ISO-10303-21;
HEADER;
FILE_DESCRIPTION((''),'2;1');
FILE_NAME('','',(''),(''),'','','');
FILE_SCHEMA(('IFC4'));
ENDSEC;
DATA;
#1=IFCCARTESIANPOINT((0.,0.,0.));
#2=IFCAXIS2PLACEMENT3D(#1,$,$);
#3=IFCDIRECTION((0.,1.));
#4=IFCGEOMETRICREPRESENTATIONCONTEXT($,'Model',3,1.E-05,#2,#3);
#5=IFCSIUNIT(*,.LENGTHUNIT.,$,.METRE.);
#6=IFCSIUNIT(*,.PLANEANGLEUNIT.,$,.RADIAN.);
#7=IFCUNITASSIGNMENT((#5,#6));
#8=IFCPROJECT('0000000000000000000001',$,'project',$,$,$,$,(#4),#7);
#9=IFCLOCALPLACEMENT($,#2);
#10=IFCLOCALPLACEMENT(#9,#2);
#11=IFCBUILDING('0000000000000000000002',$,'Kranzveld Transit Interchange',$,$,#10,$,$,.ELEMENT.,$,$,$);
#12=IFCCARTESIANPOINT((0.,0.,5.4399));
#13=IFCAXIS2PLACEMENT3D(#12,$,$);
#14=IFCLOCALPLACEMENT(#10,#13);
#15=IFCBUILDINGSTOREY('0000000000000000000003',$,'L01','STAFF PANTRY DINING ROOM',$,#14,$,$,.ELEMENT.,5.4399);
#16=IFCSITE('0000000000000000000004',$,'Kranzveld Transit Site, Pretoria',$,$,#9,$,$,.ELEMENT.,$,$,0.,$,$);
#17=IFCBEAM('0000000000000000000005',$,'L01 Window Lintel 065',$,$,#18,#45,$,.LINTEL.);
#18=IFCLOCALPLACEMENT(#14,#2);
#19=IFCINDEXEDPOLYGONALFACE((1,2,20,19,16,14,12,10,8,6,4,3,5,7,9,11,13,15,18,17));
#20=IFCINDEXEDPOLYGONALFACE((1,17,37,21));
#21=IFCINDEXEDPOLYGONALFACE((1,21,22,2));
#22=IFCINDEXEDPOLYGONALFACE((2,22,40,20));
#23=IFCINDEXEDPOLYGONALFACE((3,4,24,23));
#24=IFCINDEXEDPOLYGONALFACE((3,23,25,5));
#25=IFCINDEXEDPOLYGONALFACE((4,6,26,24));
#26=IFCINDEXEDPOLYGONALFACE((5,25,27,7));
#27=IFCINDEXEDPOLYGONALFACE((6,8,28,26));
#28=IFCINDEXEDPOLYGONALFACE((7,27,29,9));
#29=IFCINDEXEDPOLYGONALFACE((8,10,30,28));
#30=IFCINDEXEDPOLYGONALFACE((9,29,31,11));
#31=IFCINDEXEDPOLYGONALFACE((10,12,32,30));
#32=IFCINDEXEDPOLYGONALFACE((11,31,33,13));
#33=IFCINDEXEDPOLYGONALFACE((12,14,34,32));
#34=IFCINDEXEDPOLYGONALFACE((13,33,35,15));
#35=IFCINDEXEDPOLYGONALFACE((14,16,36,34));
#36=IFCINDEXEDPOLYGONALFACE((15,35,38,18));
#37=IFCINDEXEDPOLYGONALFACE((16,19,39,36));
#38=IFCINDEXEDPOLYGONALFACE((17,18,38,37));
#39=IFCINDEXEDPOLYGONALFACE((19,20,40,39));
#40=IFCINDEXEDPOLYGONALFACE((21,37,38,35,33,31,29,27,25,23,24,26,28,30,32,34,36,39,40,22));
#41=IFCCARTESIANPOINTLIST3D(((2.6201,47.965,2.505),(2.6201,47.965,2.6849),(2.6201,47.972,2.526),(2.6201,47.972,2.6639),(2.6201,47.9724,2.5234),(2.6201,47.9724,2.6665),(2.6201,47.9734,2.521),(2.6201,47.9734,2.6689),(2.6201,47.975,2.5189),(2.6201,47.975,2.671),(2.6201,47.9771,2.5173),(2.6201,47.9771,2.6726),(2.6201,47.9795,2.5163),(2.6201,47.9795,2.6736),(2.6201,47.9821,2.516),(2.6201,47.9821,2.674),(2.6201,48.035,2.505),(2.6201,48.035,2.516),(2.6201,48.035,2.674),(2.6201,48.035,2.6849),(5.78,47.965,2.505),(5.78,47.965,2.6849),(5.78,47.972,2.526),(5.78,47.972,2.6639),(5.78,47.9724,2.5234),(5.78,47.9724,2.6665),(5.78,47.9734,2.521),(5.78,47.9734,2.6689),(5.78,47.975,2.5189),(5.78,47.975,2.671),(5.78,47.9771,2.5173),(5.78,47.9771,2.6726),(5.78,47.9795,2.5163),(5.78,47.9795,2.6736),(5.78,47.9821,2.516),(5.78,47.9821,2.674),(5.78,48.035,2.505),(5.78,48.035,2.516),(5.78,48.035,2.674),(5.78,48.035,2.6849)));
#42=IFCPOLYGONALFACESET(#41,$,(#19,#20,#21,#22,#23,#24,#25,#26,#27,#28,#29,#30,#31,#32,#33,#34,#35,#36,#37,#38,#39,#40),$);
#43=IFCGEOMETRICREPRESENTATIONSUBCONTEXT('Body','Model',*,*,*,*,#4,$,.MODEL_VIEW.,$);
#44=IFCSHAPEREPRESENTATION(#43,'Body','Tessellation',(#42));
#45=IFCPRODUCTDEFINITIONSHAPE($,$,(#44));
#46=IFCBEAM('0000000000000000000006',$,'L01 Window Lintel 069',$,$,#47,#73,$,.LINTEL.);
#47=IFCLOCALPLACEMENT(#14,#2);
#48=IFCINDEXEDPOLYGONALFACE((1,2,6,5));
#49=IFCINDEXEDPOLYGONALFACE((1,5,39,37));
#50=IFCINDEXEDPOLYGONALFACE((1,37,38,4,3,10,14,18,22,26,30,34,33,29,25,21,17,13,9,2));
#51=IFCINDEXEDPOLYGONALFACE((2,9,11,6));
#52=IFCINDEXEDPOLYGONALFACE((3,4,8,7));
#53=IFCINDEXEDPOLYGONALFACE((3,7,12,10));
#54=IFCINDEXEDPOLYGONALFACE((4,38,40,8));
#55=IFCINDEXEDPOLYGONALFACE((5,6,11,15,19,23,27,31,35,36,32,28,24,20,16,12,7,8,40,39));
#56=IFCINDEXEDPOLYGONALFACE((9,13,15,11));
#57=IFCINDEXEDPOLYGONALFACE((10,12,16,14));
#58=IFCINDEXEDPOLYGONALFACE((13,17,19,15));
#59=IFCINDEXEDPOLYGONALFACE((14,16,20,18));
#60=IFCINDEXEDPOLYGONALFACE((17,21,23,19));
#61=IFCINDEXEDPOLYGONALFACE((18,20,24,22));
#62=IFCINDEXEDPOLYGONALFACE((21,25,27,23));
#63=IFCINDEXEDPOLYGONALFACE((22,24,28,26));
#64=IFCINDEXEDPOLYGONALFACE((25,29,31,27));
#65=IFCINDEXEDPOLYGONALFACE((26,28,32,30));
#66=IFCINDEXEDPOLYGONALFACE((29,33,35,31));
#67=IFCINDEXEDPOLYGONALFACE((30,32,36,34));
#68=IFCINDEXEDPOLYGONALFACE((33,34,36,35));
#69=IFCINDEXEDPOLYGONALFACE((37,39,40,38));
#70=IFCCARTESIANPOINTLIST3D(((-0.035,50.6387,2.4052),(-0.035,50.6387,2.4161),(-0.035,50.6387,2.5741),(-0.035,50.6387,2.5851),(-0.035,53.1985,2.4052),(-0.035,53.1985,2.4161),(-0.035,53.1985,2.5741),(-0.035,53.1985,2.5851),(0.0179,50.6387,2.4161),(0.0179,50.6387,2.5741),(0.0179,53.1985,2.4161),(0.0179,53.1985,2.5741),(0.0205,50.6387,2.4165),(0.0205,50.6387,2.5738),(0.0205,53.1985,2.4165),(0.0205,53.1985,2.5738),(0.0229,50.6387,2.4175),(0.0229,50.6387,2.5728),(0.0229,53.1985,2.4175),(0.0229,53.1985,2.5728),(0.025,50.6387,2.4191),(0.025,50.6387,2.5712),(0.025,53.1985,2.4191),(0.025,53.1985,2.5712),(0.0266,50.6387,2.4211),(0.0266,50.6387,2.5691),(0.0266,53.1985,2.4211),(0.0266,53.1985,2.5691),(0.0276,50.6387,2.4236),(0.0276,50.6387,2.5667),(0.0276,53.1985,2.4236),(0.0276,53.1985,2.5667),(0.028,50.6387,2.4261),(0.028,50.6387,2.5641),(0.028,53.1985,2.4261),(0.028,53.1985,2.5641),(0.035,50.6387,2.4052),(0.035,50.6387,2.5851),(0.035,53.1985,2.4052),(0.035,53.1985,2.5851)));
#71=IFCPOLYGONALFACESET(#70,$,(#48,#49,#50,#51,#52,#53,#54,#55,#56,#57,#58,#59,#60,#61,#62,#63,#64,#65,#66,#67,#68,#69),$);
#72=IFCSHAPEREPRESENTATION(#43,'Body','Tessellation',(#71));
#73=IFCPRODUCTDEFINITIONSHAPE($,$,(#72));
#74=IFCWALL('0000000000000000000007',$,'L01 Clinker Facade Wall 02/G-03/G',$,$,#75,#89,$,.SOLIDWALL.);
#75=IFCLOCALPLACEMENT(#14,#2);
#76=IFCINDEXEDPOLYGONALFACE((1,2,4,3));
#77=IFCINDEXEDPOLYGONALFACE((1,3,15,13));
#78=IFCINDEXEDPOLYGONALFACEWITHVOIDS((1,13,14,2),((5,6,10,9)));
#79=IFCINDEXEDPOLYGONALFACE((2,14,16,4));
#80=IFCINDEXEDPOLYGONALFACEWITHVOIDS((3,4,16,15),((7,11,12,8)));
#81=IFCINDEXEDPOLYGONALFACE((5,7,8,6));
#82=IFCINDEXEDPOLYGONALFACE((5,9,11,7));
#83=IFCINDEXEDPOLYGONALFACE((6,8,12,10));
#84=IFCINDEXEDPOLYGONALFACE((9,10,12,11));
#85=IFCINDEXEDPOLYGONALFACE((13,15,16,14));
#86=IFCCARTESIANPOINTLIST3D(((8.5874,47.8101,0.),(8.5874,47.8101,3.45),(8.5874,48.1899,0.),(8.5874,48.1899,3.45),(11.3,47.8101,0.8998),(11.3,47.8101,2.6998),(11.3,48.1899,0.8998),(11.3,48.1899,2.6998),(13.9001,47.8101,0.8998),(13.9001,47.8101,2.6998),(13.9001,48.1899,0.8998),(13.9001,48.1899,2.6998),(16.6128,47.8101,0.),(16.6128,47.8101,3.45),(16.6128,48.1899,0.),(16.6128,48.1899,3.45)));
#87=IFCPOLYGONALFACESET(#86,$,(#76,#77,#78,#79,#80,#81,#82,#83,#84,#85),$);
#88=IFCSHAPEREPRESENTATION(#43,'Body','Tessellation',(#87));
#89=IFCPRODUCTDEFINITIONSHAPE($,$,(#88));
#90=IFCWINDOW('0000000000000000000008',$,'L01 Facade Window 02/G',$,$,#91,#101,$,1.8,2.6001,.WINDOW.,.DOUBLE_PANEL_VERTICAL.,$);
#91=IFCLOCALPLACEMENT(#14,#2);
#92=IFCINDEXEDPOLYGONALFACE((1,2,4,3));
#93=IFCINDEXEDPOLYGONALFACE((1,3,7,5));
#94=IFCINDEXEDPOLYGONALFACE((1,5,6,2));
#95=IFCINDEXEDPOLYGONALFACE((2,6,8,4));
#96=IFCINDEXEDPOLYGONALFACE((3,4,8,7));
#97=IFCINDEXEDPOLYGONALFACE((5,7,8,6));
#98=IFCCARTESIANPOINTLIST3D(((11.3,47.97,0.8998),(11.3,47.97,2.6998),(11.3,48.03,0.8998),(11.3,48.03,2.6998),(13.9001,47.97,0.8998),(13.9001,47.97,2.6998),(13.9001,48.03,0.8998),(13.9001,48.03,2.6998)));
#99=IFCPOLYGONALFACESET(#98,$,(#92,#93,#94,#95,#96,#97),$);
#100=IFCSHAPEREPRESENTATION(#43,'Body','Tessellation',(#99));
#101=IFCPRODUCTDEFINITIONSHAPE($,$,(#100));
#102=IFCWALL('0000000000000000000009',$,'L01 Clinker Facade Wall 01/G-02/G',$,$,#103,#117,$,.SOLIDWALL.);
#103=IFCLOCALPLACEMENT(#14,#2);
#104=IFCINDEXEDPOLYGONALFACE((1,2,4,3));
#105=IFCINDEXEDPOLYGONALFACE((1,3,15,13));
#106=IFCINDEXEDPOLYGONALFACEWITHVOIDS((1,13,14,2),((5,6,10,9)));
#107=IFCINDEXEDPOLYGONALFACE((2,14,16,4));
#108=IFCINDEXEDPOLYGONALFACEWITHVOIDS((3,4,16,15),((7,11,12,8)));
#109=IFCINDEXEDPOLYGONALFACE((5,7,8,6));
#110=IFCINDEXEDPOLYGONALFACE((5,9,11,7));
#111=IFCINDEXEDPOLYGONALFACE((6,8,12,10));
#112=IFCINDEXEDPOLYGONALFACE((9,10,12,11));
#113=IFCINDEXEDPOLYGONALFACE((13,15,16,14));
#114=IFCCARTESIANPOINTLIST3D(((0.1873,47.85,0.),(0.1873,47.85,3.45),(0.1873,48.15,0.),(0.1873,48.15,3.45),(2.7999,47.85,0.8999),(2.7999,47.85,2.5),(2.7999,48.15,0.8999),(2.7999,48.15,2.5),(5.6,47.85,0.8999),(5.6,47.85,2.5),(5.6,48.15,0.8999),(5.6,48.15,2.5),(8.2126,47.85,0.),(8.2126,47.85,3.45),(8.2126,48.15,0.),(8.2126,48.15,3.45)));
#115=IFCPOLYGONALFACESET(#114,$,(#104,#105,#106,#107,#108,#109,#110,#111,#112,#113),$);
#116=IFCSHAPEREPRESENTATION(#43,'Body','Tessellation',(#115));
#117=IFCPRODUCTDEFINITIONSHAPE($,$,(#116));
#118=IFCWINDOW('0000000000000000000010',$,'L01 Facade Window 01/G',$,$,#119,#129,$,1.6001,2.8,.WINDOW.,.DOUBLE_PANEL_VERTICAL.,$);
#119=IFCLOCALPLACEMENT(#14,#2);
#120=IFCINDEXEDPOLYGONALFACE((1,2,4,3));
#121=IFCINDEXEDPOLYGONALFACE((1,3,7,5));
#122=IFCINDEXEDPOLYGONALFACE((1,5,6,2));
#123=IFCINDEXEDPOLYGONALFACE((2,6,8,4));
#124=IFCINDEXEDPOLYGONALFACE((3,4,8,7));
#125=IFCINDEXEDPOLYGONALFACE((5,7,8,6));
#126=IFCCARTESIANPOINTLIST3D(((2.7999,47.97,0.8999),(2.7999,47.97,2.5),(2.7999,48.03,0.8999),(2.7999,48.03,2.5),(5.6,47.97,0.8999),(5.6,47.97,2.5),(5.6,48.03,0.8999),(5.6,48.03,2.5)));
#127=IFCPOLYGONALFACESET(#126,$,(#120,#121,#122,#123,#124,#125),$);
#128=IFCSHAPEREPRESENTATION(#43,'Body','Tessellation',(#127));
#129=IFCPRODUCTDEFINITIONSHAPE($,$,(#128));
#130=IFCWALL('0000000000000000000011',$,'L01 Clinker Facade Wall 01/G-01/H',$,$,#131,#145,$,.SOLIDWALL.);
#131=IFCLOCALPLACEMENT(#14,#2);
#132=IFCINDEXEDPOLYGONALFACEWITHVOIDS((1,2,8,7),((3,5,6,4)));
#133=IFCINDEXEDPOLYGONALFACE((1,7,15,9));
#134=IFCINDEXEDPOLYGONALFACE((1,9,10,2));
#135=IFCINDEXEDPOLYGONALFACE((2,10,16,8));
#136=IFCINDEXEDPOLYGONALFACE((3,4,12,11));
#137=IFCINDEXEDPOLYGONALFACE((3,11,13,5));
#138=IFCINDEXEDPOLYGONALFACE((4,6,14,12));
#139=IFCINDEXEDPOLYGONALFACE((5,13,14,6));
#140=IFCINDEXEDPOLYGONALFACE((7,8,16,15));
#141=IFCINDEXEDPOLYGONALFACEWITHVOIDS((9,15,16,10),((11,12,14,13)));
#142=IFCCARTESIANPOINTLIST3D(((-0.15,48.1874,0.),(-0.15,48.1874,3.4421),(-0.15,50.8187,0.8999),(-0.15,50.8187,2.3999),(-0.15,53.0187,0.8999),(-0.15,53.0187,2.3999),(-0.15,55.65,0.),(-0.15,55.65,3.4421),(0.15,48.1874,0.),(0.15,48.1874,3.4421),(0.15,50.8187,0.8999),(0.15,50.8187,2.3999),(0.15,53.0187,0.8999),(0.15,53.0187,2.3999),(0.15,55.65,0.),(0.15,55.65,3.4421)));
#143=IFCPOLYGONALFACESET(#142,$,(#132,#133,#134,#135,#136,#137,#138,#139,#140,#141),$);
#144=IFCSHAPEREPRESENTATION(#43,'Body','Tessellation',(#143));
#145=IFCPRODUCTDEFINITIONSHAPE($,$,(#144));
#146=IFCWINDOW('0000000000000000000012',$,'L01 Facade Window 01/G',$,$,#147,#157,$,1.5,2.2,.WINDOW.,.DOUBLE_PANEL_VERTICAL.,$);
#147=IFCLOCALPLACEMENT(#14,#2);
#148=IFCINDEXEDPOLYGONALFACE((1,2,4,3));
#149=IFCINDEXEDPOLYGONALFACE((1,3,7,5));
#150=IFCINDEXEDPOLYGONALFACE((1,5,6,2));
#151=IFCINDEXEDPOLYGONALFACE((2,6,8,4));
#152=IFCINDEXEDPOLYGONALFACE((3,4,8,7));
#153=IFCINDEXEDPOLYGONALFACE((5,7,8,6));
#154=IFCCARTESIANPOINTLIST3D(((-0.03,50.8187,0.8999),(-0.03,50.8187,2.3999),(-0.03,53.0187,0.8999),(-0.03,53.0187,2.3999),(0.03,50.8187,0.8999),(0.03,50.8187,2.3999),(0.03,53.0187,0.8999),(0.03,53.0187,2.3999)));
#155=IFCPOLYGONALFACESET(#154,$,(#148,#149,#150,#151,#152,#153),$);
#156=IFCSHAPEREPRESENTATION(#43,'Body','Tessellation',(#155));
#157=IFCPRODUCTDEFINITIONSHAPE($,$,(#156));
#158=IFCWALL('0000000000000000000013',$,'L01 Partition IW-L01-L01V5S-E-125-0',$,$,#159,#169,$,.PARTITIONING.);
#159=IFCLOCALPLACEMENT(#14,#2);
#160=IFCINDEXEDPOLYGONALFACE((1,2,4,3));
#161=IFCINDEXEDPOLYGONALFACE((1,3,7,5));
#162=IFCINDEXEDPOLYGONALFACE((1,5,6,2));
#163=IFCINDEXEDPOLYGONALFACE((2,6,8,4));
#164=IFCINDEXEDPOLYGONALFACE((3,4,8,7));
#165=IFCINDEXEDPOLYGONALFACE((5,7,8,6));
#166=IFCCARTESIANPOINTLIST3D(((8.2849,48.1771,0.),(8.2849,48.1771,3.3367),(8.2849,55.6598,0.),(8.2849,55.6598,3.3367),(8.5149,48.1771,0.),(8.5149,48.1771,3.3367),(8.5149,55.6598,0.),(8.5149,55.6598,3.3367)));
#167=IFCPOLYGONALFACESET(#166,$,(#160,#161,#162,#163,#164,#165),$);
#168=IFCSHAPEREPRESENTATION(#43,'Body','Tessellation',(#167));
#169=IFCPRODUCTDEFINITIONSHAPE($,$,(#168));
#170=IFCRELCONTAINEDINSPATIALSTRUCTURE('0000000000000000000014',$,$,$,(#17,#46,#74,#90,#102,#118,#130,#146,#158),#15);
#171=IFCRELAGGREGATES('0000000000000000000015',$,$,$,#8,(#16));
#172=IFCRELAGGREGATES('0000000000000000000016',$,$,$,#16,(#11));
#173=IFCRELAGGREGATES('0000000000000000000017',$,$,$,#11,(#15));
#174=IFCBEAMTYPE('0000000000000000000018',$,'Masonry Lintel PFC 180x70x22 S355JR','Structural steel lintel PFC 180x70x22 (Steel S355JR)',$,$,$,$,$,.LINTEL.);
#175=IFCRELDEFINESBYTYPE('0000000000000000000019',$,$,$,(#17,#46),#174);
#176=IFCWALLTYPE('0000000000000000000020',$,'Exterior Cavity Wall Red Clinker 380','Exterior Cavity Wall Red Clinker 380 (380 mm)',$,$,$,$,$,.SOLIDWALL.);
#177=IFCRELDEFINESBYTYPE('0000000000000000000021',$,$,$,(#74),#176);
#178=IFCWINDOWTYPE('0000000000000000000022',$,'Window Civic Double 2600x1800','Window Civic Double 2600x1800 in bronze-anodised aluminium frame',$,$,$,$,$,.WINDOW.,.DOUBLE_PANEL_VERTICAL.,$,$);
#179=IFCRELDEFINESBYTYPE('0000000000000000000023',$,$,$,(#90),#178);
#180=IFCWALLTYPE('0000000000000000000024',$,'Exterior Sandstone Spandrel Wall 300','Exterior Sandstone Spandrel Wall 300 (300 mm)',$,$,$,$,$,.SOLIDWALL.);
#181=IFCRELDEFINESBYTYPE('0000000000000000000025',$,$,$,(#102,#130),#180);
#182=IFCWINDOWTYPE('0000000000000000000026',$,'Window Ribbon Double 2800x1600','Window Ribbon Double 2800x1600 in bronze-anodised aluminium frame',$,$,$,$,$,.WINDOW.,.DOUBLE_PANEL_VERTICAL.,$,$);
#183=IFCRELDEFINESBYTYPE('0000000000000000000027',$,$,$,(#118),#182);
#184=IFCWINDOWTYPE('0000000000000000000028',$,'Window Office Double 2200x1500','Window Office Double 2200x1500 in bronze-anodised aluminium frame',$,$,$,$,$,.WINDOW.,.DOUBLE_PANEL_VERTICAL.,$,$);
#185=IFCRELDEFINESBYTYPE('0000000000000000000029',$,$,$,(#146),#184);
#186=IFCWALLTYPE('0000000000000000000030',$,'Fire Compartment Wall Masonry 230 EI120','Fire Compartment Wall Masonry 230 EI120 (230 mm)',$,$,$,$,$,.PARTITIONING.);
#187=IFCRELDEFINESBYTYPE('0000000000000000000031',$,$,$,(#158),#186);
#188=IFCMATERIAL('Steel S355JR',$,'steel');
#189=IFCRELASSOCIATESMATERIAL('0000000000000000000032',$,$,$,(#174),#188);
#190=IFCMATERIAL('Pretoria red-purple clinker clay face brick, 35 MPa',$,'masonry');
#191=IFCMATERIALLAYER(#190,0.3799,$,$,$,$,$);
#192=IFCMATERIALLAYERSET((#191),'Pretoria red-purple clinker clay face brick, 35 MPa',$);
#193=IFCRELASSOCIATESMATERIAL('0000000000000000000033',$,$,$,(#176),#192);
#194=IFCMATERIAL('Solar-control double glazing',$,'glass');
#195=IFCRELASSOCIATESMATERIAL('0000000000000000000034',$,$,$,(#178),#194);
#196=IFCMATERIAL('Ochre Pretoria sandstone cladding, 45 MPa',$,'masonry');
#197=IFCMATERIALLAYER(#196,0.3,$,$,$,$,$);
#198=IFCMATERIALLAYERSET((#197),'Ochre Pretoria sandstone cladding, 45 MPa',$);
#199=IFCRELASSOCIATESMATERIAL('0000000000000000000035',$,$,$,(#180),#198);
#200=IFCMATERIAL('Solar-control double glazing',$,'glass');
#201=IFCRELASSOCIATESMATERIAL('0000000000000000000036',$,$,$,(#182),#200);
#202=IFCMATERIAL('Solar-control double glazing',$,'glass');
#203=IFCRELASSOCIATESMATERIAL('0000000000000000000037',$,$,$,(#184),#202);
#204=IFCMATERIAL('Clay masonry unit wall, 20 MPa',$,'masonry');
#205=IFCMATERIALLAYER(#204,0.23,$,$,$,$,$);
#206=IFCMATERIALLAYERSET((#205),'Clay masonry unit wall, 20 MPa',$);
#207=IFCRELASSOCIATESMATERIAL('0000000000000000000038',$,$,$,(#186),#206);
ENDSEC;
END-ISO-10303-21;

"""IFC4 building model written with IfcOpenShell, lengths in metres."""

from ifc_helpers import new_model, si_unit, direction, frame, frame_2d, origin, origin_2d, place, context, subcontext, project, spatial, rectangle, u_section, extrude, material, layer, layer_set, material_profile, profile_set, type_object, element, fill, save


model = new_model("IFC4")

# Units and contexts
model_context = context("Model", 3, precision=1e-05, world=origin(), true_north=direction((0.0, 1.0)))
body_context = subcontext(model_context, "Body", "Model", "MODEL_VIEW")
ifc_project = project(units=[si_unit("LENGTHUNIT", "METRE"), si_unit("PLANEANGLEUNIT", "RADIAN")], contexts=[model_context])

# Site, building, storey
site_placement = place(None, origin())
site = spatial("IfcSite", under=ifc_project, at=site_placement, Name="Kranzveld Transit Site, Pretoria", CompositionType="ELEMENT", RefElevation=0.0)
building_placement = place(site_placement, origin())
building = spatial("IfcBuilding", under=site, at=building_placement, Name="Kranzveld Transit Interchange", CompositionType="ELEMENT")
storey_placement = place(building_placement, frame((0.0, 0.0, 5.4399)))
storey = spatial("IfcBuildingStorey", under=building, at=storey_placement, Name="L01", Description="STAFF PANTRY DINING ROOM", CompositionType="ELEMENT", Elevation=5.4399)

# Beams
ifc_material_1 = material(Name="Steel S355JR", Category="steel")
ifc_material_profile_1 = material_profile(ifc_material_1, u_section(Depth=0.1799, FlangeWidth=0.0701, WebThickness=0.0071, FlangeThickness=0.011, FilletRadius=0.01, at=origin_2d()), Name="PFC 180x70x22")
ifc_profile_set_1 = profile_set([ifc_material_profile_1], Name="Steel S355JR")
beam_type_1 = type_object("IfcBeamType", Name="Masonry Lintel PFC 180x70x22 S355JR", Description="Structural steel lintel PFC 180x70x22 (Steel S355JR)", PredefinedType="LINTEL", material=ifc_profile_set_1)
beam_1_placement = place(storey_placement, frame((2.6201, 48.0, 2.595), z_axis=(1.0, 0.0, 0.0), x_axis=(0.0, 1.0, 0.0)))
element("IfcBeam", 1, at=beam_1_placement, inside=storey, type_object=beam_type_1, Name="L01 Window Lintel 065", PredefinedType="LINTEL", context=body_context, shape_type="SweptSolid", body=[
    extrude(u_section(Depth=0.1799, FlangeWidth=0.0701, WebThickness=0.0071, FlangeThickness=0.011, FilletRadius=0.01, at=origin_2d()), origin(), (0.0, 0.0, 1.0), 3.1599),
])
beam_2_placement = place(storey_placement, frame((0.0, 50.6387, 2.4951), z_axis=(0.0, 1.0, 0.0), x_axis=(-1.0, 0.0, 0.0)))
element("IfcBeam", 2, at=beam_2_placement, inside=storey, type_object=beam_type_1, Name="L01 Window Lintel 069", PredefinedType="LINTEL", context=body_context, shape_type="SweptSolid", body=[
    extrude(u_section(Depth=0.1799, FlangeWidth=0.0701, WebThickness=0.0071, FlangeThickness=0.011, FilletRadius=0.01, at=origin_2d()), origin(), (0.0, 0.0, 1.0), 2.5598),
])

# Walls, openings, windows
ifc_material_2 = material(Name="Pretoria red-purple clinker clay face brick, 35 MPa", Category="masonry")
ifc_layer_1 = layer(ifc_material_2, 0.3799)
ifc_layer_set_1 = layer_set([ifc_layer_1], Name="Pretoria red-purple clinker clay face brick, 35 MPa")
wall_type_1 = type_object("IfcWallType", Name="Exterior Cavity Wall Red Clinker 380", Description="Exterior Cavity Wall Red Clinker 380 (380 mm)", PredefinedType="SOLIDWALL", material=ifc_layer_set_1)
wall_1_placement = place(storey_placement, frame((8.5874, 48.0, 0.0), z_axis=(0.0, 0.0, 1.0), x_axis=(1.0, 0.0, 0.0)))
wall_1 = element("IfcWall", 3, at=wall_1_placement, inside=storey, type_object=wall_type_1, Name="L01 Clinker Facade Wall 02/G-03/G", PredefinedType="SOLIDWALL", context=body_context, shape_type="SweptSolid", body=[
    extrude(rectangle(XDim=8.0254, YDim=0.3799, at=frame_2d((4.0127, 0.0))), origin(), (0.0, 0.0, 1.0), 3.45),
])
opening_1_placement = place(wall_1_placement, frame((2.7126, 0.0, 0.8999), z_axis=(0.0, 0.0, 1.0), x_axis=(1.0, 0.0, 0.0)))
opening_1 = element("IfcOpeningElement", 4, at=opening_1_placement, cuts=wall_1, PredefinedType="OPENING", context=body_context, shape_type="SweptSolid", body=[
    extrude(rectangle(XDim=2.6001, YDim=1.8, at=frame_2d((1.3, 0.8999))), frame((0.0, 0.2, 0.0), z_axis=(0.0, -1.0, 0.0), x_axis=(1.0, 0.0, 0.0)), (0.0, 0.0, 1.0), 0.3999),
])
ifc_material_3 = material(Name="Solar-control double glazing", Category="glass")
window_type_1 = type_object("IfcWindowType", Name="Window Civic Double 2600x1800", Description="Window Civic Double 2600x1800 in bronze-anodised aluminium frame", PartitioningType="DOUBLE_PANEL_VERTICAL", PredefinedType="WINDOW", material=ifc_material_3)
window_1_placement = place(opening_1_placement, origin())
window_1 = element("IfcWindow", 5, at=window_1_placement, inside=storey, type_object=window_type_1, Name="L01 Facade Window 02/G", OverallHeight=1.8, OverallWidth=2.6001, PartitioningType="DOUBLE_PANEL_VERTICAL", PredefinedType="WINDOW", context=body_context, shape_type="SweptSolid", body=[
    extrude(rectangle(XDim=2.6001, YDim=1.8, at=frame_2d((1.3, 0.8999))), frame((0.0, 0.03, 0.0), z_axis=(0.0, -1.0, 0.0), x_axis=(1.0, 0.0, 0.0)), (0.0, 0.0, 1.0), 0.0601),
])
fill(opening_1, window_1)
ifc_material_4 = material(Name="Ochre Pretoria sandstone cladding, 45 MPa", Category="masonry")
ifc_layer_2 = layer(ifc_material_4, 0.3)
ifc_layer_set_2 = layer_set([ifc_layer_2], Name="Ochre Pretoria sandstone cladding, 45 MPa")
wall_type_2 = type_object("IfcWallType", Name="Exterior Sandstone Spandrel Wall 300", Description="Exterior Sandstone Spandrel Wall 300 (300 mm)", PredefinedType="SOLIDWALL", material=ifc_layer_set_2)
wall_2_placement = place(storey_placement, frame((0.1873, 48.0, 0.0), z_axis=(0.0, 0.0, 1.0), x_axis=(1.0, 0.0, 0.0)))
wall_2 = element("IfcWall", 6, at=wall_2_placement, inside=storey, type_object=wall_type_2, Name="L01 Clinker Facade Wall 01/G-02/G", PredefinedType="SOLIDWALL", context=body_context, shape_type="SweptSolid", body=[
    extrude(rectangle(XDim=8.0254, YDim=0.3, at=frame_2d((4.0127, 0.0))), origin(), (0.0, 0.0, 1.0), 3.45),
])
opening_2_placement = place(wall_2_placement, frame((2.6128, 0.0, 0.8999), z_axis=(0.0, 0.0, 1.0), x_axis=(1.0, 0.0, 0.0)))
opening_2 = element("IfcOpeningElement", 7, at=opening_2_placement, cuts=wall_2, PredefinedType="OPENING", context=body_context, shape_type="SweptSolid", body=[
    extrude(rectangle(XDim=2.8, YDim=1.6001, at=frame_2d((1.3999, 0.8))), frame((0.0, 0.1599, 0.0), z_axis=(0.0, -1.0, 0.0), x_axis=(1.0, 0.0, 0.0)), (0.0, 0.0, 1.0), 0.3201),
])
ifc_material_5 = material(Name="Solar-control double glazing", Category="glass")
window_type_2 = type_object("IfcWindowType", Name="Window Ribbon Double 2800x1600", Description="Window Ribbon Double 2800x1600 in bronze-anodised aluminium frame", PartitioningType="DOUBLE_PANEL_VERTICAL", PredefinedType="WINDOW", material=ifc_material_5)
window_2_placement = place(opening_2_placement, origin())
window_2 = element("IfcWindow", 8, at=window_2_placement, inside=storey, type_object=window_type_2, Name="L01 Facade Window 01/G", OverallHeight=1.6001, OverallWidth=2.8, PartitioningType="DOUBLE_PANEL_VERTICAL", PredefinedType="WINDOW", context=body_context, shape_type="SweptSolid", body=[
    extrude(rectangle(XDim=2.8, YDim=1.6001, at=frame_2d((1.3999, 0.8))), frame((0.0, 0.03, 0.0), z_axis=(0.0, -1.0, 0.0), x_axis=(1.0, 0.0, 0.0)), (0.0, 0.0, 1.0), 0.0601),
])
fill(opening_2, window_2)
wall_3_placement = place(storey_placement, frame((0.0, 48.1873, 0.0), z_axis=(0.0, 0.0, 1.0), x_axis=(0.0, 1.0, 0.0)))
wall_3 = element("IfcWall", 9, at=wall_3_placement, inside=storey, type_object=wall_type_2, Name="L01 Clinker Facade Wall 01/G-01/H", PredefinedType="SOLIDWALL", context=body_context, shape_type="SweptSolid", body=[
    extrude(rectangle(XDim=7.4626, YDim=0.3, at=frame_2d((3.7314, 0.0))), origin(), (0.0, 0.0, 1.0), 3.4421),
])
opening_3_placement = place(wall_3_placement, frame((2.6313, 0.0, 0.8999), z_axis=(0.0, 0.0, 1.0), x_axis=(1.0, 0.0, 0.0)))
opening_3 = element("IfcOpeningElement", 10, at=opening_3_placement, cuts=wall_3, PredefinedType="OPENING", context=body_context, shape_type="SweptSolid", body=[
    extrude(rectangle(XDim=2.2, YDim=1.5, at=frame_2d((1.1001, 0.75))), frame((0.0, 0.1599, 0.0), z_axis=(0.0, -1.0, 0.0), x_axis=(1.0, 0.0, 0.0)), (0.0, 0.0, 1.0), 0.3201),
])
ifc_material_6 = material(Name="Solar-control double glazing", Category="glass")
window_type_3 = type_object("IfcWindowType", Name="Window Office Double 2200x1500", Description="Window Office Double 2200x1500 in bronze-anodised aluminium frame", PartitioningType="DOUBLE_PANEL_VERTICAL", PredefinedType="WINDOW", material=ifc_material_6)
window_3_placement = place(opening_3_placement, origin())
window_3 = element("IfcWindow", 11, at=window_3_placement, inside=storey, type_object=window_type_3, Name="L01 Facade Window 01/G", OverallHeight=1.5, OverallWidth=2.2, PartitioningType="DOUBLE_PANEL_VERTICAL", PredefinedType="WINDOW", context=body_context, shape_type="SweptSolid", body=[
    extrude(rectangle(XDim=2.2, YDim=1.5, at=frame_2d((1.1001, 0.75))), frame((0.0, 0.03, 0.0), z_axis=(0.0, -1.0, 0.0), x_axis=(1.0, 0.0, 0.0)), (0.0, 0.0, 1.0), 0.0601),
])
fill(opening_3, window_3)

# Wall
ifc_material_7 = material(Name="Clay masonry unit wall, 20 MPa", Category="masonry")
ifc_layer_3 = layer(ifc_material_7, 0.23)
ifc_layer_set_3 = layer_set([ifc_layer_3], Name="Clay masonry unit wall, 20 MPa")
wall_type_3 = type_object("IfcWallType", Name="Fire Compartment Wall Masonry 230 EI120", Description="Fire Compartment Wall Masonry 230 EI120 (230 mm)", PredefinedType="PARTITIONING", material=ifc_layer_set_3)
wall_4_placement = place(storey_placement, frame((8.3999, 48.1772, 0.0), z_axis=(0.0, 0.0, 1.0), x_axis=(0.0, 1.0, 0.0)))
element("IfcWall", 12, at=wall_4_placement, inside=storey, type_object=wall_type_3, Name="L01 Partition IW-L01-L01V5S-E-125-0", PredefinedType="PARTITIONING", context=body_context, shape_type="SweptSolid", body=[
    extrude(rectangle(XDim=7.4827, YDim=0.23, at=frame_2d((3.7412, 0.0))), origin(), (0.0, 0.0, 1.0), 3.3367),
])

save(model, "model.ifc")
